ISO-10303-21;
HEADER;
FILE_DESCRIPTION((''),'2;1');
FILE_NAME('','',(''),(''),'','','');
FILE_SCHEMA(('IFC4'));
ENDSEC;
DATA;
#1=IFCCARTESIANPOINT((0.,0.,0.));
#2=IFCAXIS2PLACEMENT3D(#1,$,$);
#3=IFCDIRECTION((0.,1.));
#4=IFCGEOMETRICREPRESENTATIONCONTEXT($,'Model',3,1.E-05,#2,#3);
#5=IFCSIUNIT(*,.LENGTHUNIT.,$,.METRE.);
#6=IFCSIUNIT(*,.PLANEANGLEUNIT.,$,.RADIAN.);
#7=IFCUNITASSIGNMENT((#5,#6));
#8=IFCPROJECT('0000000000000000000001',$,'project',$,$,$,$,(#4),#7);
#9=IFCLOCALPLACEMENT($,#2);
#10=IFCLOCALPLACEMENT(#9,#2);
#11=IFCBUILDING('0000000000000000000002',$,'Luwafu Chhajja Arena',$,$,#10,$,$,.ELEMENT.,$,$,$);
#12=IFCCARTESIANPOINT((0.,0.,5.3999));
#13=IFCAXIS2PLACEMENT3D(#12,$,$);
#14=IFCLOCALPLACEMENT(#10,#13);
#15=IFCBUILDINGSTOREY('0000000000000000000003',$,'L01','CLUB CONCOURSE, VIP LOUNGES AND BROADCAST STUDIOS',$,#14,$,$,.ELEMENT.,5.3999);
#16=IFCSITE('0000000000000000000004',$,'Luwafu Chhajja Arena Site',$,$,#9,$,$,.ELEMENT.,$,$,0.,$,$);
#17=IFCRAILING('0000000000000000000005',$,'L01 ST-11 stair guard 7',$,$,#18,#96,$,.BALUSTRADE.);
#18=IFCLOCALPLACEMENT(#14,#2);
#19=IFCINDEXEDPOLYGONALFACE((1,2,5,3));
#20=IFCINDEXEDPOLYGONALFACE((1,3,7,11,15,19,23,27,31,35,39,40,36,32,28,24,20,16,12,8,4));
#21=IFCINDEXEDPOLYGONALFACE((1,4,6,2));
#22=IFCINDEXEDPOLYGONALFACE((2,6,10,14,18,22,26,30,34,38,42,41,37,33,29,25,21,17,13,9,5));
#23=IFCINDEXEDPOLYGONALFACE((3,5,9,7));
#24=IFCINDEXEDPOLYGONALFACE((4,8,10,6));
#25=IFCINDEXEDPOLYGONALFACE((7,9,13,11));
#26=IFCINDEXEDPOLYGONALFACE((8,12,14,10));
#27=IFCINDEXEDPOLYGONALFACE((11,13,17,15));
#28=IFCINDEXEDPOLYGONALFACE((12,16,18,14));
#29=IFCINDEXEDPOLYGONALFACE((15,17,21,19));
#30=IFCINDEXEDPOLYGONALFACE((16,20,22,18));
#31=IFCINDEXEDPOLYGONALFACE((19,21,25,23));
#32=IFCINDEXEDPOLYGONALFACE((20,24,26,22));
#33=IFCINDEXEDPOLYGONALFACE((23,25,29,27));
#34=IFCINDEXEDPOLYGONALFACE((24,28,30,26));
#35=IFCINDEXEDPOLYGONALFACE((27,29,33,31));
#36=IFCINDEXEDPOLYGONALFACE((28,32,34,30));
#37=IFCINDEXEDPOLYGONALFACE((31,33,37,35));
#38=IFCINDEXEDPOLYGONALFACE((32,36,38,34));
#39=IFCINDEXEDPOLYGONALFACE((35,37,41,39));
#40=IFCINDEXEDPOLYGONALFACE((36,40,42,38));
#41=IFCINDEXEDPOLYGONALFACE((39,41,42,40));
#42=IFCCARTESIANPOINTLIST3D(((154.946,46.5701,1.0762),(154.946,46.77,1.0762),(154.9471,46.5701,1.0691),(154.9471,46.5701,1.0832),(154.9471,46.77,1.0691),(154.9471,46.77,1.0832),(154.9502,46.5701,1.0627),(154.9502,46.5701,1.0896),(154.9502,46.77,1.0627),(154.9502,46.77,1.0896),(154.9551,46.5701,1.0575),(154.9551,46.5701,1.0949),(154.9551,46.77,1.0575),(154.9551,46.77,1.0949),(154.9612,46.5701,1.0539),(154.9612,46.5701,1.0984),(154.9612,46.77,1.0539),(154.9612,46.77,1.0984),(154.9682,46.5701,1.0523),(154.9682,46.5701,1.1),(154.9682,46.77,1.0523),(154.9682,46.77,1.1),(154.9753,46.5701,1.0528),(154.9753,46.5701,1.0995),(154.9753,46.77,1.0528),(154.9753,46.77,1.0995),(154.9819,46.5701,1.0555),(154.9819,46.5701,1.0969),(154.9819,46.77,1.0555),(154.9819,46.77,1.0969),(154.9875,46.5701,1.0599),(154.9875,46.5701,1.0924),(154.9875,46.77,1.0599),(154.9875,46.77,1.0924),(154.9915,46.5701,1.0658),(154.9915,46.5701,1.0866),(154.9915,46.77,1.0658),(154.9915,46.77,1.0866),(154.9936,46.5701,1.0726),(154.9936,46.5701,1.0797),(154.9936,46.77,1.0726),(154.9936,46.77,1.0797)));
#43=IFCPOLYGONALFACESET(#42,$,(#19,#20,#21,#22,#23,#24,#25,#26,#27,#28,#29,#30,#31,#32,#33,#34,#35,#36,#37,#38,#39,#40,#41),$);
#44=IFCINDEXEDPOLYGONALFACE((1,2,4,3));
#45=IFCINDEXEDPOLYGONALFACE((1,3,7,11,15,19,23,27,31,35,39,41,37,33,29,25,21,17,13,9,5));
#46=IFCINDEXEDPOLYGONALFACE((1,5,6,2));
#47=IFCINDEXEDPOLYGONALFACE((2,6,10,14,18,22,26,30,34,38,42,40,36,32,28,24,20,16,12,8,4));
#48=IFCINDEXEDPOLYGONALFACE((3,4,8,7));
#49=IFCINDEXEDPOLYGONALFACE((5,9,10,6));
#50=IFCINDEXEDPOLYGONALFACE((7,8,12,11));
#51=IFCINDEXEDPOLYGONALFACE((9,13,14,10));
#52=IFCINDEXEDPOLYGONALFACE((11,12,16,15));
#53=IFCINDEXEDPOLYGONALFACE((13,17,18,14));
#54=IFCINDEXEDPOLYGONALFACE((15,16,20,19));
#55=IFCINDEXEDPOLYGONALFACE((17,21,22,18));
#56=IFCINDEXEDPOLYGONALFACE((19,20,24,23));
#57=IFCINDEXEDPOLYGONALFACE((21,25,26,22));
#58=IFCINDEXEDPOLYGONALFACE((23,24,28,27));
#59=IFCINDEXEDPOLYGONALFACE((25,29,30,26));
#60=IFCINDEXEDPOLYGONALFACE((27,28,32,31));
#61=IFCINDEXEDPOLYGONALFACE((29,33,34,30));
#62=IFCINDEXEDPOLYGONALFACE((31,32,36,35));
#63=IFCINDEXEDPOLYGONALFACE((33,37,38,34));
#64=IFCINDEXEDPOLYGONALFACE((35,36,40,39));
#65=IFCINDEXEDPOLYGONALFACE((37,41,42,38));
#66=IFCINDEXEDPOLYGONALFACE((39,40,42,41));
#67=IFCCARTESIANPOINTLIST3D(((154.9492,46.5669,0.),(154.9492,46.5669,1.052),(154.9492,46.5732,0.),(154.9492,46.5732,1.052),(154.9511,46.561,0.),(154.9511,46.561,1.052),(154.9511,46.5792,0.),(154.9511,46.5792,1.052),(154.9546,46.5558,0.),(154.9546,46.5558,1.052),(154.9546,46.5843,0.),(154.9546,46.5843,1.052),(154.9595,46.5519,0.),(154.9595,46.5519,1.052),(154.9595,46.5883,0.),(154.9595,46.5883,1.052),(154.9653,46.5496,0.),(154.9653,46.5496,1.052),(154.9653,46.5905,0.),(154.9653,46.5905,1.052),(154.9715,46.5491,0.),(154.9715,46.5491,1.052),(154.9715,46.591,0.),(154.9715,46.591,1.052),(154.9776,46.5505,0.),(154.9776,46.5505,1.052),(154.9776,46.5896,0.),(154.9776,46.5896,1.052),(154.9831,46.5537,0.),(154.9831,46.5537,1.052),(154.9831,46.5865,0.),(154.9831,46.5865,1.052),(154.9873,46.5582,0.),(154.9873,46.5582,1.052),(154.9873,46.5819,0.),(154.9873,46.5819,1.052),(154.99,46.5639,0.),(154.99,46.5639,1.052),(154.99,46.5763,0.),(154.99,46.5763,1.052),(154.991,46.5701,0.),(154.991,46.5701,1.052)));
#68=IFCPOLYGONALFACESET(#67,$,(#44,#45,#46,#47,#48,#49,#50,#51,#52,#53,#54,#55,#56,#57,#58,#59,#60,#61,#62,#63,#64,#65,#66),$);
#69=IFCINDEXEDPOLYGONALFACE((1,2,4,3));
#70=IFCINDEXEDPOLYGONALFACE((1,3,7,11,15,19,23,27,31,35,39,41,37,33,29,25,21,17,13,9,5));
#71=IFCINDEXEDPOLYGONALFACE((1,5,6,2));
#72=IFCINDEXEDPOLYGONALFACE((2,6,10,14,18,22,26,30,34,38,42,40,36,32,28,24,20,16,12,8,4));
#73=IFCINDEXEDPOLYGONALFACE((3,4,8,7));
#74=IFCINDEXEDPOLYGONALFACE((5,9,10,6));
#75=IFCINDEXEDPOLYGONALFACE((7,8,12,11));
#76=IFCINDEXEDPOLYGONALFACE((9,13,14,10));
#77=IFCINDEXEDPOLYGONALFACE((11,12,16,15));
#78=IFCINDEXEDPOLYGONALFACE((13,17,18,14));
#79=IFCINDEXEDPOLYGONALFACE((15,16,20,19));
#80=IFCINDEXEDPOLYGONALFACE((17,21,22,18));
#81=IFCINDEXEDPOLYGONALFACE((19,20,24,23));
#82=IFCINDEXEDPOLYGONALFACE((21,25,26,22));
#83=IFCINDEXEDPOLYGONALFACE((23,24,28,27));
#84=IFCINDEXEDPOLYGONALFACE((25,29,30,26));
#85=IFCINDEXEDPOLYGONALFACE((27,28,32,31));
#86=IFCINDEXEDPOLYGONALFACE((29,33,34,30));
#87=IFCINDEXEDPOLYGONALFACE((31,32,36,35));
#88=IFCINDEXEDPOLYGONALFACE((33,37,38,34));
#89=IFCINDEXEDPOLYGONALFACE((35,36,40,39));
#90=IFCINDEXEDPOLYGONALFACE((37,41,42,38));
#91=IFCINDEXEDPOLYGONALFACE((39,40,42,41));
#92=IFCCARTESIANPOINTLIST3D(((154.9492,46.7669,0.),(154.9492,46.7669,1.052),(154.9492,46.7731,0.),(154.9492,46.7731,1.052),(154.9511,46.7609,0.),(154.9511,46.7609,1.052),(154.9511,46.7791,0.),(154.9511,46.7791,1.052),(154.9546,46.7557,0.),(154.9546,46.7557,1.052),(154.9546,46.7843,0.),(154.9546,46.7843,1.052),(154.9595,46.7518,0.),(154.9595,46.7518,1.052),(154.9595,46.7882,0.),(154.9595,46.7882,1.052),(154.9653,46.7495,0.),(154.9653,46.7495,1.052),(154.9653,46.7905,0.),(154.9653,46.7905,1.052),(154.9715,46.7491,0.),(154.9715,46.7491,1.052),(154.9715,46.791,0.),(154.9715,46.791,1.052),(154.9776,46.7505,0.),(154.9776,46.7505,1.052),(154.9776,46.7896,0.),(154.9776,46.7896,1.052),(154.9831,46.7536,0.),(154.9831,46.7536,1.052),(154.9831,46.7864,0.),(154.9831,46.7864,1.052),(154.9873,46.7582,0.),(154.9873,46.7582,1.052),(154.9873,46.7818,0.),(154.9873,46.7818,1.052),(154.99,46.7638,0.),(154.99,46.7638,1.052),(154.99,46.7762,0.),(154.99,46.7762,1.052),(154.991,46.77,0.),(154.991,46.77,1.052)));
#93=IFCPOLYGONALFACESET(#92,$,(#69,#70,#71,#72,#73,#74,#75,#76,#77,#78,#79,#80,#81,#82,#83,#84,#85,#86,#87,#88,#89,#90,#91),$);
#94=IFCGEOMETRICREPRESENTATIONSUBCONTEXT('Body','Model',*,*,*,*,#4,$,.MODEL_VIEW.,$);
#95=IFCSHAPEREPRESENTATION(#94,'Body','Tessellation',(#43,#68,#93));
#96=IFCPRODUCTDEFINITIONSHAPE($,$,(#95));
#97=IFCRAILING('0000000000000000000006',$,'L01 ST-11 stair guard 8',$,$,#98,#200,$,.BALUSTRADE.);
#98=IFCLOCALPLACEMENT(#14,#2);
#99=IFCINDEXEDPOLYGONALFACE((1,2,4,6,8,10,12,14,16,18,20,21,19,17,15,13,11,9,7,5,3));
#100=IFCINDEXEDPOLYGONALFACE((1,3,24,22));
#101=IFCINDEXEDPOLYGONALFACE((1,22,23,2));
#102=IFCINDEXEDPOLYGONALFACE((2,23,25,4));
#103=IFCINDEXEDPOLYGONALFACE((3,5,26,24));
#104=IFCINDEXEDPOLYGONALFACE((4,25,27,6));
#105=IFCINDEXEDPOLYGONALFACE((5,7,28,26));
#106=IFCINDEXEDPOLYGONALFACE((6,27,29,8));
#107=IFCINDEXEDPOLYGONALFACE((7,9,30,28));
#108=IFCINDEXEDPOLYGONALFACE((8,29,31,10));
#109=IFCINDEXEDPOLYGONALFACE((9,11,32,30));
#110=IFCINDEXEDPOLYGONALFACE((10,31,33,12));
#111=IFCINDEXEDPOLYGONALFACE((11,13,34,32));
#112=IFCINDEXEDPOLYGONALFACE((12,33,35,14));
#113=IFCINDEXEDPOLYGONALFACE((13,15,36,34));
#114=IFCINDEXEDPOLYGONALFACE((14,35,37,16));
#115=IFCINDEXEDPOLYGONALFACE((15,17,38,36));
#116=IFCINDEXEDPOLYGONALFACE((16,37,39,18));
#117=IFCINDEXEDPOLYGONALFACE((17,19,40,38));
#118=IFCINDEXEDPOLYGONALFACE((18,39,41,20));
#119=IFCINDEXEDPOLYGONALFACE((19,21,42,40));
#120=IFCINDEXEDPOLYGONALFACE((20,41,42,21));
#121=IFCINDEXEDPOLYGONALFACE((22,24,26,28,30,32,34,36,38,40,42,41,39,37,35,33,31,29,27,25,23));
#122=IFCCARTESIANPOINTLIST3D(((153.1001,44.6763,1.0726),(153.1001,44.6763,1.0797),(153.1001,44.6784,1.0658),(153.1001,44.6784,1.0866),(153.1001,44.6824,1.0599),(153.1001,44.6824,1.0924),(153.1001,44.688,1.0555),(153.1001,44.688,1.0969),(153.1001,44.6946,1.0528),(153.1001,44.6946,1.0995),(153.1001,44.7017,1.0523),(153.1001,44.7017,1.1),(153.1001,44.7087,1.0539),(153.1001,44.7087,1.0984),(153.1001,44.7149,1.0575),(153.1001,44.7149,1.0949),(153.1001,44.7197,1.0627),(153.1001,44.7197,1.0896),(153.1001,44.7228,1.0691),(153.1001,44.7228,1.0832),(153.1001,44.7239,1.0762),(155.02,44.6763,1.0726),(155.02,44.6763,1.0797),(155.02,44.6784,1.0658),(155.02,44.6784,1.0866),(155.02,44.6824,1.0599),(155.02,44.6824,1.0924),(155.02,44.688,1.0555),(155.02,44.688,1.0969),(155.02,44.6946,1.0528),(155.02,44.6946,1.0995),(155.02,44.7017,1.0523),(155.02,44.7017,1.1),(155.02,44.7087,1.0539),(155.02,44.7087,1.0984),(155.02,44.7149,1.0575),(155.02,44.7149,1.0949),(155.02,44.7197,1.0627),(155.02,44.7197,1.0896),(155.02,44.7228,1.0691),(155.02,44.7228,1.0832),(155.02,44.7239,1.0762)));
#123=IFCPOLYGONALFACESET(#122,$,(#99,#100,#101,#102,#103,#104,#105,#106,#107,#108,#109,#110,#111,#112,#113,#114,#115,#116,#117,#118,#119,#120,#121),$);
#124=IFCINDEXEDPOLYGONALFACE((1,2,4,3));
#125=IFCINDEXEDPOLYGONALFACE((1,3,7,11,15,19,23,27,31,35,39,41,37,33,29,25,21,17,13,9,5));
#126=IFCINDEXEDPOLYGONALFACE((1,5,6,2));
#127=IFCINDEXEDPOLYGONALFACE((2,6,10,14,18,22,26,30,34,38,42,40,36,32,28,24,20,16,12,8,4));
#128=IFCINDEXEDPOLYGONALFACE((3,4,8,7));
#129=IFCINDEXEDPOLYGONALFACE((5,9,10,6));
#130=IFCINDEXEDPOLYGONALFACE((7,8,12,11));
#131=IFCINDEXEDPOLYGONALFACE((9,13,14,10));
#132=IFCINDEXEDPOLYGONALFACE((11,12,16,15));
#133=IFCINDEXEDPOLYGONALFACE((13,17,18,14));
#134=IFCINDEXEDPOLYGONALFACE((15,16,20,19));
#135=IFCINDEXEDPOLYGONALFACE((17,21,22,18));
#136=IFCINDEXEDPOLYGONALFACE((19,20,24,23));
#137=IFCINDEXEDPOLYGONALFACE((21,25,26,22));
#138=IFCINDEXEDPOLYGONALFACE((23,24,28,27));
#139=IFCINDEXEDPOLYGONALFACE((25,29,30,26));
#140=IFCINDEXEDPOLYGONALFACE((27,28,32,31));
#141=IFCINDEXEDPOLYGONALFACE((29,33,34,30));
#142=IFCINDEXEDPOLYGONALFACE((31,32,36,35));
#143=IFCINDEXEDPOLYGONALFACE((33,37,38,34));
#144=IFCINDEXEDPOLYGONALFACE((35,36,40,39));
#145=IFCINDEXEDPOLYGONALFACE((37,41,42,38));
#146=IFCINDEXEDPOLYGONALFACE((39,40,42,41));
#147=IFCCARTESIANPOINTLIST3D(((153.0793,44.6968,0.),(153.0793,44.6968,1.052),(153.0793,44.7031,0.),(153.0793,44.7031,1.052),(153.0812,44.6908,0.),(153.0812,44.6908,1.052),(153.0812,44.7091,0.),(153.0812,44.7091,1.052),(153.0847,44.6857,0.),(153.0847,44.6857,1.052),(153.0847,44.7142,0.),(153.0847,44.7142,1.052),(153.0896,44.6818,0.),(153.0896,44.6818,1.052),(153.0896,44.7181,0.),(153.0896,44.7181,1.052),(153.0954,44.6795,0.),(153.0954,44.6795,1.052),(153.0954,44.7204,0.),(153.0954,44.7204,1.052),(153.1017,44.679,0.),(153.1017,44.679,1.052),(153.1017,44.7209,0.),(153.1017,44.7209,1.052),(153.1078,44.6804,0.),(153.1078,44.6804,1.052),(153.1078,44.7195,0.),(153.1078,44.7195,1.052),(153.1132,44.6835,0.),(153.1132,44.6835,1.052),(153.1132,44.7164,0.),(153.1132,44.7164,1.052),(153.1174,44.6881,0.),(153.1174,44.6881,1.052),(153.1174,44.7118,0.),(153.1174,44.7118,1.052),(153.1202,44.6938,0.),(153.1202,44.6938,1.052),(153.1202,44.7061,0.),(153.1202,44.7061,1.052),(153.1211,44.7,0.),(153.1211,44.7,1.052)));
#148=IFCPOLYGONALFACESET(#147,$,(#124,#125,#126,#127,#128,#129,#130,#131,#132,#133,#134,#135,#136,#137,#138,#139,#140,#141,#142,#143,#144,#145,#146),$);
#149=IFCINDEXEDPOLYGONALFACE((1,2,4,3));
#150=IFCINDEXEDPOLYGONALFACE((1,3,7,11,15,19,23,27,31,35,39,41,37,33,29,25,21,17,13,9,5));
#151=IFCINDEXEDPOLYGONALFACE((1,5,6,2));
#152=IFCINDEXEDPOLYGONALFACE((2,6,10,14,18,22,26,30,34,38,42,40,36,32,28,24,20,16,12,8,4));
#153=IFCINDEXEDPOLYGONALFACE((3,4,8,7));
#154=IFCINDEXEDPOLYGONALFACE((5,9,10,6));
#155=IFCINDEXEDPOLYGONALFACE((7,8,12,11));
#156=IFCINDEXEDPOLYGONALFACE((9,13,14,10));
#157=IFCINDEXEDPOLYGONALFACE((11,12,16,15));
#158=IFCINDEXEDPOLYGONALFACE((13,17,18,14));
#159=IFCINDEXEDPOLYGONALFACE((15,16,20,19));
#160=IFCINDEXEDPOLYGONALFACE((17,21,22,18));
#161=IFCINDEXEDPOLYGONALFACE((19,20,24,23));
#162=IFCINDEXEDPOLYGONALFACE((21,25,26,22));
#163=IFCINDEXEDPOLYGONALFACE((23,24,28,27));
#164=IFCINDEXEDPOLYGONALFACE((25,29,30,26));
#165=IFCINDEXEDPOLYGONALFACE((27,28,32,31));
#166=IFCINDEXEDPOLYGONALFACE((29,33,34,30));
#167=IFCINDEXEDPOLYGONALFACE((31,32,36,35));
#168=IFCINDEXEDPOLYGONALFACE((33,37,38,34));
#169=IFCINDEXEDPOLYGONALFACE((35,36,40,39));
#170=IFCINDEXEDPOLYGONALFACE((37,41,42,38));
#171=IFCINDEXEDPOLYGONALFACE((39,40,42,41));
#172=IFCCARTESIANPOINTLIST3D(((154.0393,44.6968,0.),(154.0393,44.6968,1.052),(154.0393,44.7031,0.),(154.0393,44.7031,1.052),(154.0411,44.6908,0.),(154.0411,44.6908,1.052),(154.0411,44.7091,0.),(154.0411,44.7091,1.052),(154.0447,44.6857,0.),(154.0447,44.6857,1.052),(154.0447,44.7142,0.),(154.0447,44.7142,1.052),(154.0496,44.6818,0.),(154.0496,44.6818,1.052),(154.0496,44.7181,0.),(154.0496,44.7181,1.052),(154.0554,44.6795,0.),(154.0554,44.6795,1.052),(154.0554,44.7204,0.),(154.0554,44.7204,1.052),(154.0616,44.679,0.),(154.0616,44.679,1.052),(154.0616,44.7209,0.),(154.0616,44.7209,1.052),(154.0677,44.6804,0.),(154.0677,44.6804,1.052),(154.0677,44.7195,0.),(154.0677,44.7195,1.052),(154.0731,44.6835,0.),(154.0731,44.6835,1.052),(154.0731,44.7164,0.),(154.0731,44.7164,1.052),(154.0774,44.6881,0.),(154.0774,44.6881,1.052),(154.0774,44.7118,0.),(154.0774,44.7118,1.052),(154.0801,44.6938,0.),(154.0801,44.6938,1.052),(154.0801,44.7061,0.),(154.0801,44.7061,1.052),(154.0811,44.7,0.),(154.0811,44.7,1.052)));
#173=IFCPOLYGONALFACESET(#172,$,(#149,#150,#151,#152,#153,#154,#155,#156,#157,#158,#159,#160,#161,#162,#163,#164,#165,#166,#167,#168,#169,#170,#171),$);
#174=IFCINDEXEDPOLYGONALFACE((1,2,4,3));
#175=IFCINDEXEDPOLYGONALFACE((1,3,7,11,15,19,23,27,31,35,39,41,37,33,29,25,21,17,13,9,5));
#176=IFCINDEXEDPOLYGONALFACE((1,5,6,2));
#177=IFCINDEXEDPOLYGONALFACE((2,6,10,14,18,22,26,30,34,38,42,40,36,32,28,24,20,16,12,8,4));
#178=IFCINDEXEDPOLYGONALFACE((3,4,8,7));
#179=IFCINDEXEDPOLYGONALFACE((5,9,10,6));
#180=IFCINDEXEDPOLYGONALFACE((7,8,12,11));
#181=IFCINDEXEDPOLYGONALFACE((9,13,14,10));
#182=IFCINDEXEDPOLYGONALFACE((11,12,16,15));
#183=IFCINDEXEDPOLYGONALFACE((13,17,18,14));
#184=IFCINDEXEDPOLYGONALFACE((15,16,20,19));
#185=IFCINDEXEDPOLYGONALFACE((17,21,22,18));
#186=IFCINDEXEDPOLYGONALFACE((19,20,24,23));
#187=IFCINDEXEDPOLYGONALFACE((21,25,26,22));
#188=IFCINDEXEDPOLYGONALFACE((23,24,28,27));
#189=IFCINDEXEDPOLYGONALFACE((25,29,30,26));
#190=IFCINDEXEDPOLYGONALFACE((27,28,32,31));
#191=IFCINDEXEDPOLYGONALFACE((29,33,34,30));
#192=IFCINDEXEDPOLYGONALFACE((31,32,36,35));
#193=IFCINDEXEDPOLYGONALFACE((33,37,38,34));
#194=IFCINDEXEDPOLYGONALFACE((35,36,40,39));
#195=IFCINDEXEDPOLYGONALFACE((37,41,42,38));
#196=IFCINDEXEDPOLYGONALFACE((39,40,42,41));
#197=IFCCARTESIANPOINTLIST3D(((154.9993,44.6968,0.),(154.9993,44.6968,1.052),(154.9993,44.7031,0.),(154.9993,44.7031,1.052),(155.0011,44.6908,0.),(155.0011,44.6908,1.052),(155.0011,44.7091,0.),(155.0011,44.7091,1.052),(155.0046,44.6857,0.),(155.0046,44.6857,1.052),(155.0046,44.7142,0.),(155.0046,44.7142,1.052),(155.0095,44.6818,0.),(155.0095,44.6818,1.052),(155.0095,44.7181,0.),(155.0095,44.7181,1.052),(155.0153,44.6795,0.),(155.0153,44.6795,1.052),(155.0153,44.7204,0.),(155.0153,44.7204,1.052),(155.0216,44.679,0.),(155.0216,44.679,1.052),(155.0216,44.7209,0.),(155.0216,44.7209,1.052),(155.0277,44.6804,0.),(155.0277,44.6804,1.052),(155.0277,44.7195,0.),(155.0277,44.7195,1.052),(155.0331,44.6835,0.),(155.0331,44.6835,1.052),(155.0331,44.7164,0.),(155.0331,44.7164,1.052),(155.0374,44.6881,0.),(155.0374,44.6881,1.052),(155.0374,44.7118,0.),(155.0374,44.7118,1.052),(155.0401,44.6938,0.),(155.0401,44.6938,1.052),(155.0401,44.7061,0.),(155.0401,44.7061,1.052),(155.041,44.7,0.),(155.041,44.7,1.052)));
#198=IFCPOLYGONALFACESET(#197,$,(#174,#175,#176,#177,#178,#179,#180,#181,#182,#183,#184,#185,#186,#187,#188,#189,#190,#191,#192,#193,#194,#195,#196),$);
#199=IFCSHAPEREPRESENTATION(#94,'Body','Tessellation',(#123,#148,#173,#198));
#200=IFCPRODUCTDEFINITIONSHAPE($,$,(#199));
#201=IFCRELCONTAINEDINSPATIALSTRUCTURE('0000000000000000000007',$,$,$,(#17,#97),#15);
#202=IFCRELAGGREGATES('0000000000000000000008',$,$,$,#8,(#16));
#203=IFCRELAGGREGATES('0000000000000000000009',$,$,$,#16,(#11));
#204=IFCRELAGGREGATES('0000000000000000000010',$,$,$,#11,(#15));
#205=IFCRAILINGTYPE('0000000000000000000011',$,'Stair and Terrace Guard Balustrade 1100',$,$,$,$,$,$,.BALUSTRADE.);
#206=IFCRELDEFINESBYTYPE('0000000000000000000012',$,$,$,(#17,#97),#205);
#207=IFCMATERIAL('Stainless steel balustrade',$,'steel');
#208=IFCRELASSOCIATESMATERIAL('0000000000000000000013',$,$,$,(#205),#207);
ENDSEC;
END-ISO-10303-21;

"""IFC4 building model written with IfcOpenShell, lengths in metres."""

from ifc_helpers import new_model, si_unit, direction, frame, origin, origin_2d, place, context, subcontext, project, spatial, circle, extrude, material, type_object, element, save


model = new_model("IFC4")

# Units and contexts
model_context = context("Model", 3, precision=1e-05, world=origin(), true_north=direction((0.0, 1.0)))
body_context = subcontext(model_context, "Body", "Model", "MODEL_VIEW")
ifc_project = project(units=[si_unit("LENGTHUNIT", "METRE"), si_unit("PLANEANGLEUNIT", "RADIAN")], contexts=[model_context])

# Site, building, storey
site_placement = place(None, origin())
site = spatial("IfcSite", under=ifc_project, at=site_placement, Name="Luwafu Chhajja Arena Site", CompositionType="ELEMENT", RefElevation=0.0)
building_placement = place(site_placement, origin())
building = spatial("IfcBuilding", under=site, at=building_placement, Name="Luwafu Chhajja Arena", CompositionType="ELEMENT")
storey_placement = place(building_placement, frame((0.0, 0.0, 5.3999)))
storey = spatial("IfcBuildingStorey", under=building, at=storey_placement, Name="L01", Description="CLUB CONCOURSE, VIP LOUNGES AND BROADCAST STUDIOS", CompositionType="ELEMENT", Elevation=5.3999)

# Railings
ifc_material_1 = material(Name="Stainless steel balustrade", Category="steel")
railing_type_1 = type_object("IfcRailingType", Name="Stair and Terrace Guard Balustrade 1100", PredefinedType="BALUSTRADE", material=ifc_material_1)
railing_1_placement = place(storey_placement, frame((154.97, 46.5701, 0.0)))
element("IfcRailing", 1, at=railing_1_placement, inside=storey, type_object=railing_type_1, Name="L01 ST-11 stair guard 7", PredefinedType="BALUSTRADE", context=body_context, shape_type="SweptSolid", body=[
    extrude(circle(Radius=0.0239, at=origin_2d()), frame((0.0, 0.0, 1.0762), z_axis=(0.0, 1.0, 0.0), x_axis=(-1.0, 0.0, 0.0)), (0.0, 0.0, 1.0), 0.2),
    extrude(circle(Radius=0.021, at=origin_2d()), origin(), (0.0, 0.0, 1.0), 1.052),
    extrude(circle(Radius=0.021, at=origin_2d()), frame((0.0, 0.2, 0.0)), (0.0, 0.0, 1.0), 1.052),
])
for number, where, name in (
    (2, (153.1001, 44.7, 0.0), "L01 ST-11 stair guard 8"),
):
    element("IfcRailing", number, at=place(storey_placement, frame(where)), inside=storey, type_object=railing_type_1, Name=name, PredefinedType="BALUSTRADE", context=body_context, shape_type="SweptSolid", body=[
        extrude(circle(Radius=0.0239, at=origin_2d()), frame((0.0, 0.0, 1.0762), z_axis=(1.0, 0.0, 0.0), x_axis=(0.0, 1.0, 0.0)), (0.0, 0.0, 1.0), 1.9199),
        extrude(circle(Radius=0.021, at=origin_2d()), origin(), (0.0, 0.0, 1.0), 1.052),
        extrude(circle(Radius=0.021, at=origin_2d()), frame((0.96, 0.0, 0.0)), (0.0, 0.0, 1.0), 1.052),
        extrude(circle(Radius=0.021, at=origin_2d()), frame((1.9199, 0.0, 0.0)), (0.0, 0.0, 1.0), 1.052),
    ])

save(model, "model.ifc")
